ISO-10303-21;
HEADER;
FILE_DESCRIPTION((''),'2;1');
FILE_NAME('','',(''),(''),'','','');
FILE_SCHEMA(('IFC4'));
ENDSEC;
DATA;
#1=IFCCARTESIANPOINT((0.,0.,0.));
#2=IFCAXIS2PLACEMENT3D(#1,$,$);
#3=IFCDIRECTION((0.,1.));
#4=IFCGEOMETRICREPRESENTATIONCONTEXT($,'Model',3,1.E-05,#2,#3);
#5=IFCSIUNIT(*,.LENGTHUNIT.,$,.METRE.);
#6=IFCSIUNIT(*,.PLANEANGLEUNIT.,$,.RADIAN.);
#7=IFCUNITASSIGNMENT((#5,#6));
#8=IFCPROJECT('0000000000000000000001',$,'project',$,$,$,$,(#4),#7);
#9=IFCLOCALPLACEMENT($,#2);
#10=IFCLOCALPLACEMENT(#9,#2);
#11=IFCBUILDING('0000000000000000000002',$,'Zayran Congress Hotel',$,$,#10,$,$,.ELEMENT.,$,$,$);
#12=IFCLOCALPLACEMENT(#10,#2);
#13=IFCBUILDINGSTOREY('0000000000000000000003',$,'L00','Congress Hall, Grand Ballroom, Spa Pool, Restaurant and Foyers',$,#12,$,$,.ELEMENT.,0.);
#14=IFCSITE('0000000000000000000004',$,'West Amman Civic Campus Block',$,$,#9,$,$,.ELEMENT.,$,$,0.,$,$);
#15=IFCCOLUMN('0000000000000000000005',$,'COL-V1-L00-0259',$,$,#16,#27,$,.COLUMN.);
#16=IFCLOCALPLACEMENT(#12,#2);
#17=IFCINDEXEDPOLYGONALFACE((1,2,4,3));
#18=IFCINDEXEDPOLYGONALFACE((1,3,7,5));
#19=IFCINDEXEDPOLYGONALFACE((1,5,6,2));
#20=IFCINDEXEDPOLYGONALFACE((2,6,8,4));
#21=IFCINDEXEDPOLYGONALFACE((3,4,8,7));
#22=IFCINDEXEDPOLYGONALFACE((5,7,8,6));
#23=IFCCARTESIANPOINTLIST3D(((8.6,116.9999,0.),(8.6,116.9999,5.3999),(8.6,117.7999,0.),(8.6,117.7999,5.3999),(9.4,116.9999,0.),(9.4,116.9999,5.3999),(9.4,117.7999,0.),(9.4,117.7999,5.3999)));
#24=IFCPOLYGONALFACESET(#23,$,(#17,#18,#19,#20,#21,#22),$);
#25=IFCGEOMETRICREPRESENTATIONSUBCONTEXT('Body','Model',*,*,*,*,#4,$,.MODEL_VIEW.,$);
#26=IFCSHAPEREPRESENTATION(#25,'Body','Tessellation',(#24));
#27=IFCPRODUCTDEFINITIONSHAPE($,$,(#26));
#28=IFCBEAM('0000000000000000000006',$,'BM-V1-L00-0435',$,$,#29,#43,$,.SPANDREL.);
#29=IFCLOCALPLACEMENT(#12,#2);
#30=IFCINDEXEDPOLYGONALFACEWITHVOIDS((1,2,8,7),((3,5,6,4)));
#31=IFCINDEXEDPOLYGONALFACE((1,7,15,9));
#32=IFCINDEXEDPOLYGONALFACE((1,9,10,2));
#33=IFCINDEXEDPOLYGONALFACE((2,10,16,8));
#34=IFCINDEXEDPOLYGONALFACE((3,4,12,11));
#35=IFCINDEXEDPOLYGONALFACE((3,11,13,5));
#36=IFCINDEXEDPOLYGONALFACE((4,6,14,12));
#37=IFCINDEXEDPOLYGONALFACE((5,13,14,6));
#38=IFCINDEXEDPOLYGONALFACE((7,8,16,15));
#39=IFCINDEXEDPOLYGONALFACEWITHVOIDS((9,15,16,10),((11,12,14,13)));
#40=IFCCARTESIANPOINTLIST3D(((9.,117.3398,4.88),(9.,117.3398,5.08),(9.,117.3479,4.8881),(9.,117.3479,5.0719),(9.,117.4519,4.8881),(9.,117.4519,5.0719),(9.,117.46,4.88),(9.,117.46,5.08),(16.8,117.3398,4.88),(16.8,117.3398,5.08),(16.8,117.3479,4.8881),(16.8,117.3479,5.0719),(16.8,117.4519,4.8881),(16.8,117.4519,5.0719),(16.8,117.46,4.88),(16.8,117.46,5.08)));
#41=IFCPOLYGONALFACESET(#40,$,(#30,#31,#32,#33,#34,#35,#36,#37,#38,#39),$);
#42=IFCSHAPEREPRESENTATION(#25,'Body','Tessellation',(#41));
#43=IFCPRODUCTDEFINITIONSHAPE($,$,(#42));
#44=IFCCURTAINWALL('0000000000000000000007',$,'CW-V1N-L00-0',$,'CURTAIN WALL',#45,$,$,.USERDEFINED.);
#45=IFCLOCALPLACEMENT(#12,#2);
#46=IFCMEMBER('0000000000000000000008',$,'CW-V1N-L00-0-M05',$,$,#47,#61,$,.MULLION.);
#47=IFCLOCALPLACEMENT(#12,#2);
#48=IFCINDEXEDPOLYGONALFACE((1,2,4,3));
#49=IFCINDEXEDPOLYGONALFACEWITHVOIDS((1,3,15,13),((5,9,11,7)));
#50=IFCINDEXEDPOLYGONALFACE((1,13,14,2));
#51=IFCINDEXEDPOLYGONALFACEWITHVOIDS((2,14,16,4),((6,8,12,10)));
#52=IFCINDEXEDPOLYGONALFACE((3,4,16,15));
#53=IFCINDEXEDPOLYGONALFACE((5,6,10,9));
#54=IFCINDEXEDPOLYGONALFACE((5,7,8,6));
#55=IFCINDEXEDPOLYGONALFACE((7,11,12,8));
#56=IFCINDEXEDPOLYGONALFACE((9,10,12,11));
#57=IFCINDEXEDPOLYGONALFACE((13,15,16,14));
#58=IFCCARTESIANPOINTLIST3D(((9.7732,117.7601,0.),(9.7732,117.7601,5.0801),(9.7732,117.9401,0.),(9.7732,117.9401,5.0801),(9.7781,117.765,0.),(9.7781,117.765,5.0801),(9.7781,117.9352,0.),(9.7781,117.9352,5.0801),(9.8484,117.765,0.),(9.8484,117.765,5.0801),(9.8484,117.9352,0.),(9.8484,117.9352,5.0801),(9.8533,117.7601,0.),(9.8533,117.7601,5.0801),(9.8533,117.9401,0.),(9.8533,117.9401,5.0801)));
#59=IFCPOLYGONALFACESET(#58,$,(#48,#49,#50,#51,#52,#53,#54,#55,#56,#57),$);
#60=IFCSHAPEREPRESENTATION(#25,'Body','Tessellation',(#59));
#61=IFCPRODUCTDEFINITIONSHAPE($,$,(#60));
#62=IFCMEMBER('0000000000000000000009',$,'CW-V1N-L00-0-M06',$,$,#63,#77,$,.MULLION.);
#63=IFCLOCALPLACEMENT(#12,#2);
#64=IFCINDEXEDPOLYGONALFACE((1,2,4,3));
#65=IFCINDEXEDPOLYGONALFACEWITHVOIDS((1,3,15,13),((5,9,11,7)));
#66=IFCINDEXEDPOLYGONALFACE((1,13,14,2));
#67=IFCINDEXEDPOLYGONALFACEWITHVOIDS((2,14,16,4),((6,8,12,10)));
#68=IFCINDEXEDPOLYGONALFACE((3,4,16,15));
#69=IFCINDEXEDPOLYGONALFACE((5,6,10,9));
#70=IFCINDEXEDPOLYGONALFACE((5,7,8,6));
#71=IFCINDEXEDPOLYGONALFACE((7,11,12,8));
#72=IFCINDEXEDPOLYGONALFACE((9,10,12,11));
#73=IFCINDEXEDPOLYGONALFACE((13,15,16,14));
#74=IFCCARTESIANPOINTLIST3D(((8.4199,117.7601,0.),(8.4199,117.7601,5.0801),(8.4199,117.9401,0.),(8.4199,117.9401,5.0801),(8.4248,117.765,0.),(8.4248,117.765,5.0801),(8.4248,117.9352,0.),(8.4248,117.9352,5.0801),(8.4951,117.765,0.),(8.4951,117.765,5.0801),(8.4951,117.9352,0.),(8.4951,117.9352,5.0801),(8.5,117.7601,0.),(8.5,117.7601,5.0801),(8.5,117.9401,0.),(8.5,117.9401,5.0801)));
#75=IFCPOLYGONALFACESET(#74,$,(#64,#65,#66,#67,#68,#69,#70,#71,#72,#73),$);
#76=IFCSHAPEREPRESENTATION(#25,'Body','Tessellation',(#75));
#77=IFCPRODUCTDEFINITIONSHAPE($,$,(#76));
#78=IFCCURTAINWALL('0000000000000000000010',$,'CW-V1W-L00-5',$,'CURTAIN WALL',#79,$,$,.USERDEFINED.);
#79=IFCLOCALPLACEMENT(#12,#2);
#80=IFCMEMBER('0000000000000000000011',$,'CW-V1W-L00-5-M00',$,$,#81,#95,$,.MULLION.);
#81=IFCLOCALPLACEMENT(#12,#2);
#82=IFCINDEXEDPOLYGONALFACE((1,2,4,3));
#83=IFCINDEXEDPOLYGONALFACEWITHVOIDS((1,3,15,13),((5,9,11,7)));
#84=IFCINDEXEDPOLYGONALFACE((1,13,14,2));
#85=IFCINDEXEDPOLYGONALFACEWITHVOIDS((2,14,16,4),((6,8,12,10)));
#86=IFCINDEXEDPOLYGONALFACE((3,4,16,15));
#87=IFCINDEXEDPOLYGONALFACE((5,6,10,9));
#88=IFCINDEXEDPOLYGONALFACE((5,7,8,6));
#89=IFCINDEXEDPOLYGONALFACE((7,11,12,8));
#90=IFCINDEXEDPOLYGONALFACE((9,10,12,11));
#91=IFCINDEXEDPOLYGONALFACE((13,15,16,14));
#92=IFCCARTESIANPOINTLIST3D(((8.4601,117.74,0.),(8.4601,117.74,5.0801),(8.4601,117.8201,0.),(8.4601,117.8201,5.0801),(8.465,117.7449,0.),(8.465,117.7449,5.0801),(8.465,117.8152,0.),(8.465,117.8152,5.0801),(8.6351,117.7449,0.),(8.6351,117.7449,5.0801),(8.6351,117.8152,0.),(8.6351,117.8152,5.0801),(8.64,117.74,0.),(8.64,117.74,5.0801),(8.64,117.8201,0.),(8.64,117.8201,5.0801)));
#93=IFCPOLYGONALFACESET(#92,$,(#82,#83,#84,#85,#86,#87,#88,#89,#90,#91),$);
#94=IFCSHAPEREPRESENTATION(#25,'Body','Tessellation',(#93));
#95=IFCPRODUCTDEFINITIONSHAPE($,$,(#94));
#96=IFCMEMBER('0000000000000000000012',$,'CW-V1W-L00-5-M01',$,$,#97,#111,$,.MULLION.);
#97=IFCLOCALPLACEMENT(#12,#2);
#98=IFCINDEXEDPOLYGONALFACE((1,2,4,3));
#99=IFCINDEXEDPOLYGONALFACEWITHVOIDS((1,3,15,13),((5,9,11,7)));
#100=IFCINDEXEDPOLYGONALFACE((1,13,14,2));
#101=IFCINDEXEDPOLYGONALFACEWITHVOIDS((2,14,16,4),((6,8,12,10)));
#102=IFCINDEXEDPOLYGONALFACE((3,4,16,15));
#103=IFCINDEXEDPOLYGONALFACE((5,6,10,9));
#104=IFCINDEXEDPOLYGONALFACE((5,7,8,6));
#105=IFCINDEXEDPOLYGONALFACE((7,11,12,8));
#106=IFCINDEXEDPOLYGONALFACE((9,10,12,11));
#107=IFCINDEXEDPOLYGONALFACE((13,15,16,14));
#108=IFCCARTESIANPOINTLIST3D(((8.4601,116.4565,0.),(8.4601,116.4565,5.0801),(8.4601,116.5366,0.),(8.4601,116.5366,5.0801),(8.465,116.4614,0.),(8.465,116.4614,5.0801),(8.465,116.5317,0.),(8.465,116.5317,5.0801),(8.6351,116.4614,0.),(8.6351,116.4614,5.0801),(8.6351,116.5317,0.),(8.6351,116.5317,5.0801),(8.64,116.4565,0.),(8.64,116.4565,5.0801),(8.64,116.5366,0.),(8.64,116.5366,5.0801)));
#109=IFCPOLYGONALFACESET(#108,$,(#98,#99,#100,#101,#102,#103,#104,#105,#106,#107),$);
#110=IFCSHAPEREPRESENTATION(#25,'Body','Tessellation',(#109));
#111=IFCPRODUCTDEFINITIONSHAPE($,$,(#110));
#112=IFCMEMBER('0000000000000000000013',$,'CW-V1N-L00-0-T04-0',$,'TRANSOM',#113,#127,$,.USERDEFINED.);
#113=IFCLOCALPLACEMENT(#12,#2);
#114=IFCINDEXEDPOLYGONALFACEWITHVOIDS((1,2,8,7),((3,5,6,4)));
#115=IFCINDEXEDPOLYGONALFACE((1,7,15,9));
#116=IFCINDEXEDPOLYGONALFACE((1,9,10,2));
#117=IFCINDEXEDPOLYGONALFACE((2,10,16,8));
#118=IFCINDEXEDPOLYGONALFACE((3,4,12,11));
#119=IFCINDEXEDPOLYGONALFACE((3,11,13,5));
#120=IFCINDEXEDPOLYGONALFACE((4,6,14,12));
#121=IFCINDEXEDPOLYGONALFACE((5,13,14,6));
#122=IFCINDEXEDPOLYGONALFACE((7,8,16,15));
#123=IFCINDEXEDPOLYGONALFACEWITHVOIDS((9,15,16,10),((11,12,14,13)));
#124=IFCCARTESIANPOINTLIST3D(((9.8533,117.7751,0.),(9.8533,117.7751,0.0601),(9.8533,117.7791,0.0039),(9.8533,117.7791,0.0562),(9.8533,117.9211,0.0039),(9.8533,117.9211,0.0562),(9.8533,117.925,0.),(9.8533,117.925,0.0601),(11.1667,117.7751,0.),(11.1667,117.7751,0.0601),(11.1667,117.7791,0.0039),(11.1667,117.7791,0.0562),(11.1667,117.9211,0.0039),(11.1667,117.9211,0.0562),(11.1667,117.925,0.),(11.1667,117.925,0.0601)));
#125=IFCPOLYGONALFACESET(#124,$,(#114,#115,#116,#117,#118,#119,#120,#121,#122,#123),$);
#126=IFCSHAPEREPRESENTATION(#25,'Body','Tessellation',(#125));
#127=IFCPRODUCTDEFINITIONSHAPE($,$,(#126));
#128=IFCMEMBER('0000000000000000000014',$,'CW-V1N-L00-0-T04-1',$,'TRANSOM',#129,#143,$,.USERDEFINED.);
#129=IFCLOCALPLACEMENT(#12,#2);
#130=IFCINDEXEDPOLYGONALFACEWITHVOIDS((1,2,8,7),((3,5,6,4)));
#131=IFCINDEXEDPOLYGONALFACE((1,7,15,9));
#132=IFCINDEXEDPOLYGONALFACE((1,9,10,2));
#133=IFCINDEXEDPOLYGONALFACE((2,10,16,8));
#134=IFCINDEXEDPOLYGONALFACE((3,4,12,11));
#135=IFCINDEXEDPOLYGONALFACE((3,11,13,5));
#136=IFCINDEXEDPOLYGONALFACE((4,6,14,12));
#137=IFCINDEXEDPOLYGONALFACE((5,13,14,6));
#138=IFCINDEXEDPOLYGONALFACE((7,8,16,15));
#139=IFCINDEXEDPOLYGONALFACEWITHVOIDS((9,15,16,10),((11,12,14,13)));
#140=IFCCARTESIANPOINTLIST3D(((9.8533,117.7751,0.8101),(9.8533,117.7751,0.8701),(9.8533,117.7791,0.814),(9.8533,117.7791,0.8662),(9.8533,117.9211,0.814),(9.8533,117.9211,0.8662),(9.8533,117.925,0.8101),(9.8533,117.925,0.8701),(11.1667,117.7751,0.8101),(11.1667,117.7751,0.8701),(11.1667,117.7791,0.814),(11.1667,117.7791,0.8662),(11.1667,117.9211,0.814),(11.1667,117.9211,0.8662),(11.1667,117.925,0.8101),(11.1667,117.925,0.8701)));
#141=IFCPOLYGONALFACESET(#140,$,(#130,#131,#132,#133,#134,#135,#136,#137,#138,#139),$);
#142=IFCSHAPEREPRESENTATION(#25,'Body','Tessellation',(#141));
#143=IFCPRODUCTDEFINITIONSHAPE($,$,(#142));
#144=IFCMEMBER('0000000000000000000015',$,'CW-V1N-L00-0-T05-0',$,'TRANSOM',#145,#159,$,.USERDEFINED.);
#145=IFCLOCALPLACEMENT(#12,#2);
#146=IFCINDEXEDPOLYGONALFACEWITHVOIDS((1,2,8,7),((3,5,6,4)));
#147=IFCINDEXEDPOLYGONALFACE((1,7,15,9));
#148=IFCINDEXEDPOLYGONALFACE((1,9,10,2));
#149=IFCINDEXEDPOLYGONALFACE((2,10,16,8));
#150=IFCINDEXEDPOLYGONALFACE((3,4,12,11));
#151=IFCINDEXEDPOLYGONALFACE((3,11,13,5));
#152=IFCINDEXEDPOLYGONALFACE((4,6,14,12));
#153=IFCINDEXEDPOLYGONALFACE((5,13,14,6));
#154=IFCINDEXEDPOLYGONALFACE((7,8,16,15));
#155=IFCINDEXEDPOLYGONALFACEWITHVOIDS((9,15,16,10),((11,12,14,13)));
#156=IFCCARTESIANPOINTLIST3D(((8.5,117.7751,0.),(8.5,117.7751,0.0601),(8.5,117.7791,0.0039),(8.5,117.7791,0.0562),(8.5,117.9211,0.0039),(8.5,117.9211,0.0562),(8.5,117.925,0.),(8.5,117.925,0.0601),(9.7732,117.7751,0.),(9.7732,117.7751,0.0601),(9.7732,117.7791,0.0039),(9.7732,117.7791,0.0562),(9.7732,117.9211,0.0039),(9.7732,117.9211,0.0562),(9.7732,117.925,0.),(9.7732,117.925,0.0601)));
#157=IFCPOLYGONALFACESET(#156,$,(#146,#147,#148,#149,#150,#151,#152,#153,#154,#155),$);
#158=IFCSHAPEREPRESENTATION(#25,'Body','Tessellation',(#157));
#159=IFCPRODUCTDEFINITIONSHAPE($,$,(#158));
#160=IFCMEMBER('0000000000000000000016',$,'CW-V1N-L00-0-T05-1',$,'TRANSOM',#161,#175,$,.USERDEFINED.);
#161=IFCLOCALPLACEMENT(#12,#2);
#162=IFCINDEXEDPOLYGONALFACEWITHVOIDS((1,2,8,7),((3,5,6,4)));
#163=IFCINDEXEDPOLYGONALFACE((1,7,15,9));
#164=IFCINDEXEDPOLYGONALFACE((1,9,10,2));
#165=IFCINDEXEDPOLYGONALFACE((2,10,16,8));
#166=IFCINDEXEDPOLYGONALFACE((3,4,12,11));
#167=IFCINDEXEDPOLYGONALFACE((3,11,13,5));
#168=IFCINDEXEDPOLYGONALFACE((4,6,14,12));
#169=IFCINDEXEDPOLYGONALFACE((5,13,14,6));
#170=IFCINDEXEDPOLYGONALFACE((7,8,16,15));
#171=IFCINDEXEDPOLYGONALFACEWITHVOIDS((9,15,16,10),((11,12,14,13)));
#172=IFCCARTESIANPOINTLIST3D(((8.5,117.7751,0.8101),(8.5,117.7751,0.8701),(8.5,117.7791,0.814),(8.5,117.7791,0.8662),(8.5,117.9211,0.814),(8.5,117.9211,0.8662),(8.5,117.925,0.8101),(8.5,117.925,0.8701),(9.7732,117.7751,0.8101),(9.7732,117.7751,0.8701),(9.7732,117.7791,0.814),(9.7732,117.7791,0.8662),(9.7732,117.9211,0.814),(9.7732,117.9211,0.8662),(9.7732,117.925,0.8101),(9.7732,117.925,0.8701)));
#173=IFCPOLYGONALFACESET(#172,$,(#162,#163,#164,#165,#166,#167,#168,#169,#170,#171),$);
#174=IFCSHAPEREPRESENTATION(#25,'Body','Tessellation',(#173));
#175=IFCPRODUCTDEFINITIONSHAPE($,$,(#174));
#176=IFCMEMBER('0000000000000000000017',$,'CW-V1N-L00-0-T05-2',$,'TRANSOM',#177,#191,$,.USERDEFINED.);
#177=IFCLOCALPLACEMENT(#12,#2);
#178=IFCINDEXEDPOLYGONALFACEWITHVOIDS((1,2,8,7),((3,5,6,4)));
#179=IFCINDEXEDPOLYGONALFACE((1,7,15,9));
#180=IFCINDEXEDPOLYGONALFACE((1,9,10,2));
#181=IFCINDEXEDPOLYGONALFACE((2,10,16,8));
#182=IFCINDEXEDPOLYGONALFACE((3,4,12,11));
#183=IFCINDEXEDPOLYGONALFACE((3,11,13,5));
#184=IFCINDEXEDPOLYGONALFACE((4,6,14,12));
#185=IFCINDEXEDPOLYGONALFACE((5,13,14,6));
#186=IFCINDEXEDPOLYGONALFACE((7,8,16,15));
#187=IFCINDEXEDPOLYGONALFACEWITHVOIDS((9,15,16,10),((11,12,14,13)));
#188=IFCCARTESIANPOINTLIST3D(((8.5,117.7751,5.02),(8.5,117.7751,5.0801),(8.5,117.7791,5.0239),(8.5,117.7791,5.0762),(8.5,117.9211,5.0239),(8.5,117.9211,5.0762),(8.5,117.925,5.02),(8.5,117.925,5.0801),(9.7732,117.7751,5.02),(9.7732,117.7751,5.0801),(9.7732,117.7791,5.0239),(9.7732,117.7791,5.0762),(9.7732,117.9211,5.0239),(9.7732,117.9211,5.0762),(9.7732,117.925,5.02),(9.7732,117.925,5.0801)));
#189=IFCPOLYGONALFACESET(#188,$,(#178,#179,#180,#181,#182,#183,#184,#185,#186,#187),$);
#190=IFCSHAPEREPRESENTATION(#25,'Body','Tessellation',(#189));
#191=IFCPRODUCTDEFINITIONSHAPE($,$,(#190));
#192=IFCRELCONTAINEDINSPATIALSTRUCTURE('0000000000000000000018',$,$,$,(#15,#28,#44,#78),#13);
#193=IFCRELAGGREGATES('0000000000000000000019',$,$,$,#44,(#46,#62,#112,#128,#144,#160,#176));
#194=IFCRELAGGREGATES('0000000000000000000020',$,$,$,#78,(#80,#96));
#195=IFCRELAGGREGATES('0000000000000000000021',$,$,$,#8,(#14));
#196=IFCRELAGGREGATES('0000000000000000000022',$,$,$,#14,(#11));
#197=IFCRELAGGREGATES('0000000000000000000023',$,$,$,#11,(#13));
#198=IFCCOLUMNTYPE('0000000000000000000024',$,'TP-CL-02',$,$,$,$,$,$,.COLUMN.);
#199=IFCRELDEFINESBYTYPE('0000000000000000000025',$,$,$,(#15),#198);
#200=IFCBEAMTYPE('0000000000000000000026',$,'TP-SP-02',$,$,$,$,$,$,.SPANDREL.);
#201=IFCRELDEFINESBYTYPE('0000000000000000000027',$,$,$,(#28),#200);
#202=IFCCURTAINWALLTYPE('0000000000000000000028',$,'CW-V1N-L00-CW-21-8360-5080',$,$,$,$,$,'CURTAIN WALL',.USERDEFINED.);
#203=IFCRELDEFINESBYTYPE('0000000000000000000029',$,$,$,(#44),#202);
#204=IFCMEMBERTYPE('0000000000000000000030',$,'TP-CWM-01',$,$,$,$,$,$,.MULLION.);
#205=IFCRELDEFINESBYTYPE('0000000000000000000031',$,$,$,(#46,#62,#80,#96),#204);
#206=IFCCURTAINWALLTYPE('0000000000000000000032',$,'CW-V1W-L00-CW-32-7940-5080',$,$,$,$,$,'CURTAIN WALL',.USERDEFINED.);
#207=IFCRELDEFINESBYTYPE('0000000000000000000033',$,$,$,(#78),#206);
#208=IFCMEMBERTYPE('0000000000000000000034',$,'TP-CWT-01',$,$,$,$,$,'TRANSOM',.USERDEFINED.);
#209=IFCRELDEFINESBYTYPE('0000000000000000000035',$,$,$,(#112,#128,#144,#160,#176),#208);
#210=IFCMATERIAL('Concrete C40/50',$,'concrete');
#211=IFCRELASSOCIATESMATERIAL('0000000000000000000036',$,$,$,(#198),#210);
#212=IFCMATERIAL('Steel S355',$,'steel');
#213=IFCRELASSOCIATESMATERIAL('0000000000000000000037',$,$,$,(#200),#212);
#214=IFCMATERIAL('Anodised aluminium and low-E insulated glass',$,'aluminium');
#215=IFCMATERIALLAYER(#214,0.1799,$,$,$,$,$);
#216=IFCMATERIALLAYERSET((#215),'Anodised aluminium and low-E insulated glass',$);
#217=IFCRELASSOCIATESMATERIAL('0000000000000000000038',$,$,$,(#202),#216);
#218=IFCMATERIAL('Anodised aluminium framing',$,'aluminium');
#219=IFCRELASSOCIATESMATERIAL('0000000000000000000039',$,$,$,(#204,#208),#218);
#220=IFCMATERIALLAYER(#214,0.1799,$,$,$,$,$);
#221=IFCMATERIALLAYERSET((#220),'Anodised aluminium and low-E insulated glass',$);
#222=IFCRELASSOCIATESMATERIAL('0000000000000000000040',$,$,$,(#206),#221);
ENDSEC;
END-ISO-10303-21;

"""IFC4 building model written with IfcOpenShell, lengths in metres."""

from ifc_helpers import new_model, si_unit, direction, frame, origin, origin_2d, place, context, subcontext, project, spatial, rectangle, hollow_rectangle, extrude, material, layer, layer_set, material_profile, profile_set, type_object, element, aggregate, save


model = new_model("IFC4")

# Units and contexts
model_context = context("Model", 3, precision=1e-05, world=origin(), true_north=direction((0.0, 1.0)))
body_context = subcontext(model_context, "Body", "Model", "MODEL_VIEW")
ifc_project = project(units=[si_unit("LENGTHUNIT", "METRE"), si_unit("PLANEANGLEUNIT", "RADIAN")], contexts=[model_context])

# Site, building, storey
site_placement = place(None, origin())
site = spatial("IfcSite", under=ifc_project, at=site_placement, Name="West Amman Civic Campus Block", CompositionType="ELEMENT", RefElevation=0.0)
building_placement = place(site_placement, origin())
building = spatial("IfcBuilding", under=site, at=building_placement, Name="Zayran Congress Hotel", CompositionType="ELEMENT")
storey_placement = place(building_placement, origin())
storey = spatial("IfcBuildingStorey", under=building, at=storey_placement, Name="L00", Description="Congress Hall, Grand Ballroom, Spa Pool, Restaurant and Foyers", CompositionType="ELEMENT", Elevation=0.0)

# Column
ifc_material_1 = material(Name="Concrete C40/50", Category="concrete")
ifc_material_profile_1 = material_profile(ifc_material_1, rectangle(XDim=0.8, YDim=0.8, at=origin_2d()), Name="RC 800x800")
ifc_profile_set_1 = profile_set([ifc_material_profile_1], Name="Concrete C40/50")
column_type = type_object("IfcColumnType", Name="TP-CL-02", PredefinedType="COLUMN", material=ifc_profile_set_1)
column_placement = place(storey_placement, frame((9.0, 117.3999, 0.0), z_axis=(0.0, 0.0, 1.0), x_axis=(1.0, 0.0, 0.0)))
element("IfcColumn", 1, at=column_placement, inside=storey, type_object=column_type, Name="COL-V1-L00-0259", PredefinedType="COLUMN", context=body_context, shape_type="SweptSolid", body=[
    extrude(rectangle(XDim=0.8, YDim=0.8, at=origin_2d()), origin(), (0.0, 0.0, 1.0), 5.3999),
])

# Beam
ifc_material_2 = material(Name="Steel S355", Category="steel")
ifc_material_profile_2 = material_profile(ifc_material_2, hollow_rectangle(XDim=0.1201, YDim=0.2, WallThickness=0.0081, at=origin_2d()), Name="RHS 200x120x8")
ifc_profile_set_2 = profile_set([ifc_material_profile_2], Name="Steel S355")
beam_type = type_object("IfcBeamType", Name="TP-SP-02", PredefinedType="SPANDREL", material=ifc_profile_set_2)
beam_placement = place(storey_placement, frame((9.0, 117.3999, 4.98), z_axis=(1.0, 0.0, 0.0), x_axis=(0.0, 1.0, 0.0)))
element("IfcBeam", 2, at=beam_placement, inside=storey, type_object=beam_type, Name="BM-V1-L00-0435", PredefinedType="SPANDREL", context=body_context, shape_type="SweptSolid", body=[
    extrude(hollow_rectangle(XDim=0.1201, YDim=0.2, WallThickness=0.0081, at=origin_2d()), origin(), (0.0, 0.0, 1.0), 7.8),
])

# Curtain walls, members
ifc_material_3 = material(Name="Anodised aluminium and low-E insulated glass", Category="aluminium")
ifc_layer_1 = layer(ifc_material_3, 0.1799)
ifc_layer_set_1 = layer_set([ifc_layer_1], Name="Anodised aluminium and low-E insulated glass")
curtain_wall_type_1 = type_object("IfcCurtainWallType", Name="CW-V1N-L00-CW-21-8360-5080", ElementType="CURTAIN WALL", PredefinedType="USERDEFINED", material=ifc_layer_set_1)
curtain_wall_1_placement = place(storey_placement, origin())
curtain_wall_1 = element("IfcCurtainWall", 3, at=curtain_wall_1_placement, inside=storey, type_object=curtain_wall_type_1, Name="CW-V1N-L00-0", ObjectType="CURTAIN WALL", PredefinedType="USERDEFINED")
ifc_material_4 = material(Name="Anodised aluminium framing", Category="aluminium")
ifc_material_profile_3 = material_profile(ifc_material_4, hollow_rectangle(XDim=0.0801, YDim=0.1799, WallThickness=0.0049, at=origin_2d()), Name="RHS 180x80x5")
ifc_profile_set_3 = profile_set([ifc_material_profile_3], Name="Anodised aluminium framing")
member_type_1 = type_object("IfcMemberType", Name="TP-CWM-01", PredefinedType="MULLION", material=ifc_profile_set_3)
member_1_placement = place(storey_placement, frame((9.8132, 117.8501, 0.0), z_axis=(0.0, 0.0, 1.0), x_axis=(1.0, 0.0, 0.0)))
member_1 = element("IfcMember", 4, at=member_1_placement, type_object=member_type_1, Name="CW-V1N-L00-0-M05", PredefinedType="MULLION", context=body_context, shape_type="SweptSolid", body=[
    extrude(hollow_rectangle(XDim=0.0801, YDim=0.1799, WallThickness=0.0049, at=origin_2d()), origin(), (0.0, 0.0, 1.0), 5.0801),
])
member_2_placement = place(storey_placement, frame((8.46, 117.8501, 0.0), z_axis=(0.0, 0.0, 1.0), x_axis=(1.0, 0.0, 0.0)))
member_2 = element("IfcMember", 5, at=member_2_placement, type_object=member_type_1, Name="CW-V1N-L00-0-M06", PredefinedType="MULLION", context=body_context, shape_type="SweptSolid", body=[
    extrude(hollow_rectangle(XDim=0.0801, YDim=0.1799, WallThickness=0.0049, at=origin_2d()), origin(), (0.0, 0.0, 1.0), 5.0801),
])
ifc_layer_2 = layer(ifc_material_3, 0.1799)
ifc_layer_set_2 = layer_set([ifc_layer_2], Name="Anodised aluminium and low-E insulated glass")
curtain_wall_type_2 = type_object("IfcCurtainWallType", Name="CW-V1W-L00-CW-32-7940-5080", ElementType="CURTAIN WALL", PredefinedType="USERDEFINED", material=ifc_layer_set_2)
curtain_wall_2_placement = place(storey_placement, origin())
curtain_wall_2 = element("IfcCurtainWall", 6, at=curtain_wall_2_placement, inside=storey, type_object=curtain_wall_type_2, Name="CW-V1W-L00-5", ObjectType="CURTAIN WALL", PredefinedType="USERDEFINED")
member_3_placement = place(storey_placement, frame((8.55, 117.78, 0.0), z_axis=(0.0, 0.0, 1.0), x_axis=(0.0, 1.0, 0.0)))
member_3 = element("IfcMember", 7, at=member_3_placement, type_object=member_type_1, Name="CW-V1W-L00-5-M00", PredefinedType="MULLION", context=body_context, shape_type="SweptSolid", body=[
    extrude(hollow_rectangle(XDim=0.0801, YDim=0.1799, WallThickness=0.0049, at=origin_2d()), origin(), (0.0, 0.0, 1.0), 5.0801),
])
member_4_placement = place(storey_placement, frame((8.55, 116.4966, 0.0), z_axis=(0.0, 0.0, 1.0), x_axis=(0.0, 1.0, 0.0)))
member_4 = element("IfcMember", 8, at=member_4_placement, type_object=member_type_1, Name="CW-V1W-L00-5-M01", PredefinedType="MULLION", context=body_context, shape_type="SweptSolid", body=[
    extrude(hollow_rectangle(XDim=0.0801, YDim=0.1799, WallThickness=0.0049, at=origin_2d()), origin(), (0.0, 0.0, 1.0), 5.0801),
])

# Members
ifc_material_profile_4 = material_profile(ifc_material_4, hollow_rectangle(XDim=0.0601, YDim=0.1499, WallThickness=0.0039, at=origin_2d()), Name="RHS 150x60x4")
ifc_profile_set_4 = profile_set([ifc_material_profile_4], Name="Anodised aluminium framing")
member_type_2 = type_object("IfcMemberType", Name="TP-CWT-01", ElementType="TRANSOM", PredefinedType="USERDEFINED", material=ifc_profile_set_4)
member_5_placement = place(storey_placement, frame((11.1667, 117.8501, 0.03), z_axis=(-1.0, 0.0, 0.0), x_axis=(0.0, 0.0, 1.0)))
member_5 = element("IfcMember", 9, at=member_5_placement, type_object=member_type_2, Name="CW-V1N-L00-0-T04-0", ObjectType="TRANSOM", PredefinedType="USERDEFINED", context=body_context, shape_type="SweptSolid", body=[
    extrude(hollow_rectangle(XDim=0.0601, YDim=0.1499, WallThickness=0.0039, at=origin_2d()), origin(), (0.0, 0.0, 1.0), 1.3135),
])
member_6_placement = place(storey_placement, frame((11.1667, 117.8501, 0.8401), z_axis=(-1.0, 0.0, 0.0), x_axis=(0.0, 0.0, 1.0)))
member_6 = element("IfcMember", 10, at=member_6_placement, type_object=member_type_2, Name="CW-V1N-L00-0-T04-1", ObjectType="TRANSOM", PredefinedType="USERDEFINED", context=body_context, shape_type="SweptSolid", body=[
    extrude(hollow_rectangle(XDim=0.0601, YDim=0.1499, WallThickness=0.0039, at=origin_2d()), origin(), (0.0, 0.0, 1.0), 1.3135),
])
member_7_placement = place(storey_placement, frame((9.7732, 117.8501, 0.03), z_axis=(-1.0, 0.0, 0.0), x_axis=(0.0, 0.0, 1.0)))
member_7 = element("IfcMember", 11, at=member_7_placement, type_object=member_type_2, Name="CW-V1N-L00-0-T05-0", ObjectType="TRANSOM", PredefinedType="USERDEFINED", context=body_context, shape_type="SweptSolid", body=[
    extrude(hollow_rectangle(XDim=0.0601, YDim=0.1499, WallThickness=0.0039, at=origin_2d()), origin(), (0.0, 0.0, 1.0), 1.2732),
])
member_8_placement = place(storey_placement, frame((9.7732, 117.8501, 0.8401), z_axis=(-1.0, 0.0, 0.0), x_axis=(0.0, 0.0, 1.0)))
member_8 = element("IfcMember", 12, at=member_8_placement, type_object=member_type_2, Name="CW-V1N-L00-0-T05-1", ObjectType="TRANSOM", PredefinedType="USERDEFINED", context=body_context, shape_type="SweptSolid", body=[
    extrude(hollow_rectangle(XDim=0.0601, YDim=0.1499, WallThickness=0.0039, at=origin_2d()), origin(), (0.0, 0.0, 1.0), 1.2732),
])
member_9_placement = place(storey_placement, frame((9.7732, 117.8501, 5.05), z_axis=(-1.0, 0.0, 0.0), x_axis=(0.0, 0.0, 1.0)))
member_9 = element("IfcMember", 13, at=member_9_placement, type_object=member_type_2, Name="CW-V1N-L00-0-T05-2", ObjectType="TRANSOM", PredefinedType="USERDEFINED", context=body_context, shape_type="SweptSolid", body=[
    extrude(hollow_rectangle(XDim=0.0601, YDim=0.1499, WallThickness=0.0039, at=origin_2d()), origin(), (0.0, 0.0, 1.0), 1.2732),
])

aggregate(curtain_wall_1, [member_1, member_2, member_5, member_6, member_7, member_8, member_9])
aggregate(curtain_wall_2, [member_3, member_4])

save(model, "model.ifc")
